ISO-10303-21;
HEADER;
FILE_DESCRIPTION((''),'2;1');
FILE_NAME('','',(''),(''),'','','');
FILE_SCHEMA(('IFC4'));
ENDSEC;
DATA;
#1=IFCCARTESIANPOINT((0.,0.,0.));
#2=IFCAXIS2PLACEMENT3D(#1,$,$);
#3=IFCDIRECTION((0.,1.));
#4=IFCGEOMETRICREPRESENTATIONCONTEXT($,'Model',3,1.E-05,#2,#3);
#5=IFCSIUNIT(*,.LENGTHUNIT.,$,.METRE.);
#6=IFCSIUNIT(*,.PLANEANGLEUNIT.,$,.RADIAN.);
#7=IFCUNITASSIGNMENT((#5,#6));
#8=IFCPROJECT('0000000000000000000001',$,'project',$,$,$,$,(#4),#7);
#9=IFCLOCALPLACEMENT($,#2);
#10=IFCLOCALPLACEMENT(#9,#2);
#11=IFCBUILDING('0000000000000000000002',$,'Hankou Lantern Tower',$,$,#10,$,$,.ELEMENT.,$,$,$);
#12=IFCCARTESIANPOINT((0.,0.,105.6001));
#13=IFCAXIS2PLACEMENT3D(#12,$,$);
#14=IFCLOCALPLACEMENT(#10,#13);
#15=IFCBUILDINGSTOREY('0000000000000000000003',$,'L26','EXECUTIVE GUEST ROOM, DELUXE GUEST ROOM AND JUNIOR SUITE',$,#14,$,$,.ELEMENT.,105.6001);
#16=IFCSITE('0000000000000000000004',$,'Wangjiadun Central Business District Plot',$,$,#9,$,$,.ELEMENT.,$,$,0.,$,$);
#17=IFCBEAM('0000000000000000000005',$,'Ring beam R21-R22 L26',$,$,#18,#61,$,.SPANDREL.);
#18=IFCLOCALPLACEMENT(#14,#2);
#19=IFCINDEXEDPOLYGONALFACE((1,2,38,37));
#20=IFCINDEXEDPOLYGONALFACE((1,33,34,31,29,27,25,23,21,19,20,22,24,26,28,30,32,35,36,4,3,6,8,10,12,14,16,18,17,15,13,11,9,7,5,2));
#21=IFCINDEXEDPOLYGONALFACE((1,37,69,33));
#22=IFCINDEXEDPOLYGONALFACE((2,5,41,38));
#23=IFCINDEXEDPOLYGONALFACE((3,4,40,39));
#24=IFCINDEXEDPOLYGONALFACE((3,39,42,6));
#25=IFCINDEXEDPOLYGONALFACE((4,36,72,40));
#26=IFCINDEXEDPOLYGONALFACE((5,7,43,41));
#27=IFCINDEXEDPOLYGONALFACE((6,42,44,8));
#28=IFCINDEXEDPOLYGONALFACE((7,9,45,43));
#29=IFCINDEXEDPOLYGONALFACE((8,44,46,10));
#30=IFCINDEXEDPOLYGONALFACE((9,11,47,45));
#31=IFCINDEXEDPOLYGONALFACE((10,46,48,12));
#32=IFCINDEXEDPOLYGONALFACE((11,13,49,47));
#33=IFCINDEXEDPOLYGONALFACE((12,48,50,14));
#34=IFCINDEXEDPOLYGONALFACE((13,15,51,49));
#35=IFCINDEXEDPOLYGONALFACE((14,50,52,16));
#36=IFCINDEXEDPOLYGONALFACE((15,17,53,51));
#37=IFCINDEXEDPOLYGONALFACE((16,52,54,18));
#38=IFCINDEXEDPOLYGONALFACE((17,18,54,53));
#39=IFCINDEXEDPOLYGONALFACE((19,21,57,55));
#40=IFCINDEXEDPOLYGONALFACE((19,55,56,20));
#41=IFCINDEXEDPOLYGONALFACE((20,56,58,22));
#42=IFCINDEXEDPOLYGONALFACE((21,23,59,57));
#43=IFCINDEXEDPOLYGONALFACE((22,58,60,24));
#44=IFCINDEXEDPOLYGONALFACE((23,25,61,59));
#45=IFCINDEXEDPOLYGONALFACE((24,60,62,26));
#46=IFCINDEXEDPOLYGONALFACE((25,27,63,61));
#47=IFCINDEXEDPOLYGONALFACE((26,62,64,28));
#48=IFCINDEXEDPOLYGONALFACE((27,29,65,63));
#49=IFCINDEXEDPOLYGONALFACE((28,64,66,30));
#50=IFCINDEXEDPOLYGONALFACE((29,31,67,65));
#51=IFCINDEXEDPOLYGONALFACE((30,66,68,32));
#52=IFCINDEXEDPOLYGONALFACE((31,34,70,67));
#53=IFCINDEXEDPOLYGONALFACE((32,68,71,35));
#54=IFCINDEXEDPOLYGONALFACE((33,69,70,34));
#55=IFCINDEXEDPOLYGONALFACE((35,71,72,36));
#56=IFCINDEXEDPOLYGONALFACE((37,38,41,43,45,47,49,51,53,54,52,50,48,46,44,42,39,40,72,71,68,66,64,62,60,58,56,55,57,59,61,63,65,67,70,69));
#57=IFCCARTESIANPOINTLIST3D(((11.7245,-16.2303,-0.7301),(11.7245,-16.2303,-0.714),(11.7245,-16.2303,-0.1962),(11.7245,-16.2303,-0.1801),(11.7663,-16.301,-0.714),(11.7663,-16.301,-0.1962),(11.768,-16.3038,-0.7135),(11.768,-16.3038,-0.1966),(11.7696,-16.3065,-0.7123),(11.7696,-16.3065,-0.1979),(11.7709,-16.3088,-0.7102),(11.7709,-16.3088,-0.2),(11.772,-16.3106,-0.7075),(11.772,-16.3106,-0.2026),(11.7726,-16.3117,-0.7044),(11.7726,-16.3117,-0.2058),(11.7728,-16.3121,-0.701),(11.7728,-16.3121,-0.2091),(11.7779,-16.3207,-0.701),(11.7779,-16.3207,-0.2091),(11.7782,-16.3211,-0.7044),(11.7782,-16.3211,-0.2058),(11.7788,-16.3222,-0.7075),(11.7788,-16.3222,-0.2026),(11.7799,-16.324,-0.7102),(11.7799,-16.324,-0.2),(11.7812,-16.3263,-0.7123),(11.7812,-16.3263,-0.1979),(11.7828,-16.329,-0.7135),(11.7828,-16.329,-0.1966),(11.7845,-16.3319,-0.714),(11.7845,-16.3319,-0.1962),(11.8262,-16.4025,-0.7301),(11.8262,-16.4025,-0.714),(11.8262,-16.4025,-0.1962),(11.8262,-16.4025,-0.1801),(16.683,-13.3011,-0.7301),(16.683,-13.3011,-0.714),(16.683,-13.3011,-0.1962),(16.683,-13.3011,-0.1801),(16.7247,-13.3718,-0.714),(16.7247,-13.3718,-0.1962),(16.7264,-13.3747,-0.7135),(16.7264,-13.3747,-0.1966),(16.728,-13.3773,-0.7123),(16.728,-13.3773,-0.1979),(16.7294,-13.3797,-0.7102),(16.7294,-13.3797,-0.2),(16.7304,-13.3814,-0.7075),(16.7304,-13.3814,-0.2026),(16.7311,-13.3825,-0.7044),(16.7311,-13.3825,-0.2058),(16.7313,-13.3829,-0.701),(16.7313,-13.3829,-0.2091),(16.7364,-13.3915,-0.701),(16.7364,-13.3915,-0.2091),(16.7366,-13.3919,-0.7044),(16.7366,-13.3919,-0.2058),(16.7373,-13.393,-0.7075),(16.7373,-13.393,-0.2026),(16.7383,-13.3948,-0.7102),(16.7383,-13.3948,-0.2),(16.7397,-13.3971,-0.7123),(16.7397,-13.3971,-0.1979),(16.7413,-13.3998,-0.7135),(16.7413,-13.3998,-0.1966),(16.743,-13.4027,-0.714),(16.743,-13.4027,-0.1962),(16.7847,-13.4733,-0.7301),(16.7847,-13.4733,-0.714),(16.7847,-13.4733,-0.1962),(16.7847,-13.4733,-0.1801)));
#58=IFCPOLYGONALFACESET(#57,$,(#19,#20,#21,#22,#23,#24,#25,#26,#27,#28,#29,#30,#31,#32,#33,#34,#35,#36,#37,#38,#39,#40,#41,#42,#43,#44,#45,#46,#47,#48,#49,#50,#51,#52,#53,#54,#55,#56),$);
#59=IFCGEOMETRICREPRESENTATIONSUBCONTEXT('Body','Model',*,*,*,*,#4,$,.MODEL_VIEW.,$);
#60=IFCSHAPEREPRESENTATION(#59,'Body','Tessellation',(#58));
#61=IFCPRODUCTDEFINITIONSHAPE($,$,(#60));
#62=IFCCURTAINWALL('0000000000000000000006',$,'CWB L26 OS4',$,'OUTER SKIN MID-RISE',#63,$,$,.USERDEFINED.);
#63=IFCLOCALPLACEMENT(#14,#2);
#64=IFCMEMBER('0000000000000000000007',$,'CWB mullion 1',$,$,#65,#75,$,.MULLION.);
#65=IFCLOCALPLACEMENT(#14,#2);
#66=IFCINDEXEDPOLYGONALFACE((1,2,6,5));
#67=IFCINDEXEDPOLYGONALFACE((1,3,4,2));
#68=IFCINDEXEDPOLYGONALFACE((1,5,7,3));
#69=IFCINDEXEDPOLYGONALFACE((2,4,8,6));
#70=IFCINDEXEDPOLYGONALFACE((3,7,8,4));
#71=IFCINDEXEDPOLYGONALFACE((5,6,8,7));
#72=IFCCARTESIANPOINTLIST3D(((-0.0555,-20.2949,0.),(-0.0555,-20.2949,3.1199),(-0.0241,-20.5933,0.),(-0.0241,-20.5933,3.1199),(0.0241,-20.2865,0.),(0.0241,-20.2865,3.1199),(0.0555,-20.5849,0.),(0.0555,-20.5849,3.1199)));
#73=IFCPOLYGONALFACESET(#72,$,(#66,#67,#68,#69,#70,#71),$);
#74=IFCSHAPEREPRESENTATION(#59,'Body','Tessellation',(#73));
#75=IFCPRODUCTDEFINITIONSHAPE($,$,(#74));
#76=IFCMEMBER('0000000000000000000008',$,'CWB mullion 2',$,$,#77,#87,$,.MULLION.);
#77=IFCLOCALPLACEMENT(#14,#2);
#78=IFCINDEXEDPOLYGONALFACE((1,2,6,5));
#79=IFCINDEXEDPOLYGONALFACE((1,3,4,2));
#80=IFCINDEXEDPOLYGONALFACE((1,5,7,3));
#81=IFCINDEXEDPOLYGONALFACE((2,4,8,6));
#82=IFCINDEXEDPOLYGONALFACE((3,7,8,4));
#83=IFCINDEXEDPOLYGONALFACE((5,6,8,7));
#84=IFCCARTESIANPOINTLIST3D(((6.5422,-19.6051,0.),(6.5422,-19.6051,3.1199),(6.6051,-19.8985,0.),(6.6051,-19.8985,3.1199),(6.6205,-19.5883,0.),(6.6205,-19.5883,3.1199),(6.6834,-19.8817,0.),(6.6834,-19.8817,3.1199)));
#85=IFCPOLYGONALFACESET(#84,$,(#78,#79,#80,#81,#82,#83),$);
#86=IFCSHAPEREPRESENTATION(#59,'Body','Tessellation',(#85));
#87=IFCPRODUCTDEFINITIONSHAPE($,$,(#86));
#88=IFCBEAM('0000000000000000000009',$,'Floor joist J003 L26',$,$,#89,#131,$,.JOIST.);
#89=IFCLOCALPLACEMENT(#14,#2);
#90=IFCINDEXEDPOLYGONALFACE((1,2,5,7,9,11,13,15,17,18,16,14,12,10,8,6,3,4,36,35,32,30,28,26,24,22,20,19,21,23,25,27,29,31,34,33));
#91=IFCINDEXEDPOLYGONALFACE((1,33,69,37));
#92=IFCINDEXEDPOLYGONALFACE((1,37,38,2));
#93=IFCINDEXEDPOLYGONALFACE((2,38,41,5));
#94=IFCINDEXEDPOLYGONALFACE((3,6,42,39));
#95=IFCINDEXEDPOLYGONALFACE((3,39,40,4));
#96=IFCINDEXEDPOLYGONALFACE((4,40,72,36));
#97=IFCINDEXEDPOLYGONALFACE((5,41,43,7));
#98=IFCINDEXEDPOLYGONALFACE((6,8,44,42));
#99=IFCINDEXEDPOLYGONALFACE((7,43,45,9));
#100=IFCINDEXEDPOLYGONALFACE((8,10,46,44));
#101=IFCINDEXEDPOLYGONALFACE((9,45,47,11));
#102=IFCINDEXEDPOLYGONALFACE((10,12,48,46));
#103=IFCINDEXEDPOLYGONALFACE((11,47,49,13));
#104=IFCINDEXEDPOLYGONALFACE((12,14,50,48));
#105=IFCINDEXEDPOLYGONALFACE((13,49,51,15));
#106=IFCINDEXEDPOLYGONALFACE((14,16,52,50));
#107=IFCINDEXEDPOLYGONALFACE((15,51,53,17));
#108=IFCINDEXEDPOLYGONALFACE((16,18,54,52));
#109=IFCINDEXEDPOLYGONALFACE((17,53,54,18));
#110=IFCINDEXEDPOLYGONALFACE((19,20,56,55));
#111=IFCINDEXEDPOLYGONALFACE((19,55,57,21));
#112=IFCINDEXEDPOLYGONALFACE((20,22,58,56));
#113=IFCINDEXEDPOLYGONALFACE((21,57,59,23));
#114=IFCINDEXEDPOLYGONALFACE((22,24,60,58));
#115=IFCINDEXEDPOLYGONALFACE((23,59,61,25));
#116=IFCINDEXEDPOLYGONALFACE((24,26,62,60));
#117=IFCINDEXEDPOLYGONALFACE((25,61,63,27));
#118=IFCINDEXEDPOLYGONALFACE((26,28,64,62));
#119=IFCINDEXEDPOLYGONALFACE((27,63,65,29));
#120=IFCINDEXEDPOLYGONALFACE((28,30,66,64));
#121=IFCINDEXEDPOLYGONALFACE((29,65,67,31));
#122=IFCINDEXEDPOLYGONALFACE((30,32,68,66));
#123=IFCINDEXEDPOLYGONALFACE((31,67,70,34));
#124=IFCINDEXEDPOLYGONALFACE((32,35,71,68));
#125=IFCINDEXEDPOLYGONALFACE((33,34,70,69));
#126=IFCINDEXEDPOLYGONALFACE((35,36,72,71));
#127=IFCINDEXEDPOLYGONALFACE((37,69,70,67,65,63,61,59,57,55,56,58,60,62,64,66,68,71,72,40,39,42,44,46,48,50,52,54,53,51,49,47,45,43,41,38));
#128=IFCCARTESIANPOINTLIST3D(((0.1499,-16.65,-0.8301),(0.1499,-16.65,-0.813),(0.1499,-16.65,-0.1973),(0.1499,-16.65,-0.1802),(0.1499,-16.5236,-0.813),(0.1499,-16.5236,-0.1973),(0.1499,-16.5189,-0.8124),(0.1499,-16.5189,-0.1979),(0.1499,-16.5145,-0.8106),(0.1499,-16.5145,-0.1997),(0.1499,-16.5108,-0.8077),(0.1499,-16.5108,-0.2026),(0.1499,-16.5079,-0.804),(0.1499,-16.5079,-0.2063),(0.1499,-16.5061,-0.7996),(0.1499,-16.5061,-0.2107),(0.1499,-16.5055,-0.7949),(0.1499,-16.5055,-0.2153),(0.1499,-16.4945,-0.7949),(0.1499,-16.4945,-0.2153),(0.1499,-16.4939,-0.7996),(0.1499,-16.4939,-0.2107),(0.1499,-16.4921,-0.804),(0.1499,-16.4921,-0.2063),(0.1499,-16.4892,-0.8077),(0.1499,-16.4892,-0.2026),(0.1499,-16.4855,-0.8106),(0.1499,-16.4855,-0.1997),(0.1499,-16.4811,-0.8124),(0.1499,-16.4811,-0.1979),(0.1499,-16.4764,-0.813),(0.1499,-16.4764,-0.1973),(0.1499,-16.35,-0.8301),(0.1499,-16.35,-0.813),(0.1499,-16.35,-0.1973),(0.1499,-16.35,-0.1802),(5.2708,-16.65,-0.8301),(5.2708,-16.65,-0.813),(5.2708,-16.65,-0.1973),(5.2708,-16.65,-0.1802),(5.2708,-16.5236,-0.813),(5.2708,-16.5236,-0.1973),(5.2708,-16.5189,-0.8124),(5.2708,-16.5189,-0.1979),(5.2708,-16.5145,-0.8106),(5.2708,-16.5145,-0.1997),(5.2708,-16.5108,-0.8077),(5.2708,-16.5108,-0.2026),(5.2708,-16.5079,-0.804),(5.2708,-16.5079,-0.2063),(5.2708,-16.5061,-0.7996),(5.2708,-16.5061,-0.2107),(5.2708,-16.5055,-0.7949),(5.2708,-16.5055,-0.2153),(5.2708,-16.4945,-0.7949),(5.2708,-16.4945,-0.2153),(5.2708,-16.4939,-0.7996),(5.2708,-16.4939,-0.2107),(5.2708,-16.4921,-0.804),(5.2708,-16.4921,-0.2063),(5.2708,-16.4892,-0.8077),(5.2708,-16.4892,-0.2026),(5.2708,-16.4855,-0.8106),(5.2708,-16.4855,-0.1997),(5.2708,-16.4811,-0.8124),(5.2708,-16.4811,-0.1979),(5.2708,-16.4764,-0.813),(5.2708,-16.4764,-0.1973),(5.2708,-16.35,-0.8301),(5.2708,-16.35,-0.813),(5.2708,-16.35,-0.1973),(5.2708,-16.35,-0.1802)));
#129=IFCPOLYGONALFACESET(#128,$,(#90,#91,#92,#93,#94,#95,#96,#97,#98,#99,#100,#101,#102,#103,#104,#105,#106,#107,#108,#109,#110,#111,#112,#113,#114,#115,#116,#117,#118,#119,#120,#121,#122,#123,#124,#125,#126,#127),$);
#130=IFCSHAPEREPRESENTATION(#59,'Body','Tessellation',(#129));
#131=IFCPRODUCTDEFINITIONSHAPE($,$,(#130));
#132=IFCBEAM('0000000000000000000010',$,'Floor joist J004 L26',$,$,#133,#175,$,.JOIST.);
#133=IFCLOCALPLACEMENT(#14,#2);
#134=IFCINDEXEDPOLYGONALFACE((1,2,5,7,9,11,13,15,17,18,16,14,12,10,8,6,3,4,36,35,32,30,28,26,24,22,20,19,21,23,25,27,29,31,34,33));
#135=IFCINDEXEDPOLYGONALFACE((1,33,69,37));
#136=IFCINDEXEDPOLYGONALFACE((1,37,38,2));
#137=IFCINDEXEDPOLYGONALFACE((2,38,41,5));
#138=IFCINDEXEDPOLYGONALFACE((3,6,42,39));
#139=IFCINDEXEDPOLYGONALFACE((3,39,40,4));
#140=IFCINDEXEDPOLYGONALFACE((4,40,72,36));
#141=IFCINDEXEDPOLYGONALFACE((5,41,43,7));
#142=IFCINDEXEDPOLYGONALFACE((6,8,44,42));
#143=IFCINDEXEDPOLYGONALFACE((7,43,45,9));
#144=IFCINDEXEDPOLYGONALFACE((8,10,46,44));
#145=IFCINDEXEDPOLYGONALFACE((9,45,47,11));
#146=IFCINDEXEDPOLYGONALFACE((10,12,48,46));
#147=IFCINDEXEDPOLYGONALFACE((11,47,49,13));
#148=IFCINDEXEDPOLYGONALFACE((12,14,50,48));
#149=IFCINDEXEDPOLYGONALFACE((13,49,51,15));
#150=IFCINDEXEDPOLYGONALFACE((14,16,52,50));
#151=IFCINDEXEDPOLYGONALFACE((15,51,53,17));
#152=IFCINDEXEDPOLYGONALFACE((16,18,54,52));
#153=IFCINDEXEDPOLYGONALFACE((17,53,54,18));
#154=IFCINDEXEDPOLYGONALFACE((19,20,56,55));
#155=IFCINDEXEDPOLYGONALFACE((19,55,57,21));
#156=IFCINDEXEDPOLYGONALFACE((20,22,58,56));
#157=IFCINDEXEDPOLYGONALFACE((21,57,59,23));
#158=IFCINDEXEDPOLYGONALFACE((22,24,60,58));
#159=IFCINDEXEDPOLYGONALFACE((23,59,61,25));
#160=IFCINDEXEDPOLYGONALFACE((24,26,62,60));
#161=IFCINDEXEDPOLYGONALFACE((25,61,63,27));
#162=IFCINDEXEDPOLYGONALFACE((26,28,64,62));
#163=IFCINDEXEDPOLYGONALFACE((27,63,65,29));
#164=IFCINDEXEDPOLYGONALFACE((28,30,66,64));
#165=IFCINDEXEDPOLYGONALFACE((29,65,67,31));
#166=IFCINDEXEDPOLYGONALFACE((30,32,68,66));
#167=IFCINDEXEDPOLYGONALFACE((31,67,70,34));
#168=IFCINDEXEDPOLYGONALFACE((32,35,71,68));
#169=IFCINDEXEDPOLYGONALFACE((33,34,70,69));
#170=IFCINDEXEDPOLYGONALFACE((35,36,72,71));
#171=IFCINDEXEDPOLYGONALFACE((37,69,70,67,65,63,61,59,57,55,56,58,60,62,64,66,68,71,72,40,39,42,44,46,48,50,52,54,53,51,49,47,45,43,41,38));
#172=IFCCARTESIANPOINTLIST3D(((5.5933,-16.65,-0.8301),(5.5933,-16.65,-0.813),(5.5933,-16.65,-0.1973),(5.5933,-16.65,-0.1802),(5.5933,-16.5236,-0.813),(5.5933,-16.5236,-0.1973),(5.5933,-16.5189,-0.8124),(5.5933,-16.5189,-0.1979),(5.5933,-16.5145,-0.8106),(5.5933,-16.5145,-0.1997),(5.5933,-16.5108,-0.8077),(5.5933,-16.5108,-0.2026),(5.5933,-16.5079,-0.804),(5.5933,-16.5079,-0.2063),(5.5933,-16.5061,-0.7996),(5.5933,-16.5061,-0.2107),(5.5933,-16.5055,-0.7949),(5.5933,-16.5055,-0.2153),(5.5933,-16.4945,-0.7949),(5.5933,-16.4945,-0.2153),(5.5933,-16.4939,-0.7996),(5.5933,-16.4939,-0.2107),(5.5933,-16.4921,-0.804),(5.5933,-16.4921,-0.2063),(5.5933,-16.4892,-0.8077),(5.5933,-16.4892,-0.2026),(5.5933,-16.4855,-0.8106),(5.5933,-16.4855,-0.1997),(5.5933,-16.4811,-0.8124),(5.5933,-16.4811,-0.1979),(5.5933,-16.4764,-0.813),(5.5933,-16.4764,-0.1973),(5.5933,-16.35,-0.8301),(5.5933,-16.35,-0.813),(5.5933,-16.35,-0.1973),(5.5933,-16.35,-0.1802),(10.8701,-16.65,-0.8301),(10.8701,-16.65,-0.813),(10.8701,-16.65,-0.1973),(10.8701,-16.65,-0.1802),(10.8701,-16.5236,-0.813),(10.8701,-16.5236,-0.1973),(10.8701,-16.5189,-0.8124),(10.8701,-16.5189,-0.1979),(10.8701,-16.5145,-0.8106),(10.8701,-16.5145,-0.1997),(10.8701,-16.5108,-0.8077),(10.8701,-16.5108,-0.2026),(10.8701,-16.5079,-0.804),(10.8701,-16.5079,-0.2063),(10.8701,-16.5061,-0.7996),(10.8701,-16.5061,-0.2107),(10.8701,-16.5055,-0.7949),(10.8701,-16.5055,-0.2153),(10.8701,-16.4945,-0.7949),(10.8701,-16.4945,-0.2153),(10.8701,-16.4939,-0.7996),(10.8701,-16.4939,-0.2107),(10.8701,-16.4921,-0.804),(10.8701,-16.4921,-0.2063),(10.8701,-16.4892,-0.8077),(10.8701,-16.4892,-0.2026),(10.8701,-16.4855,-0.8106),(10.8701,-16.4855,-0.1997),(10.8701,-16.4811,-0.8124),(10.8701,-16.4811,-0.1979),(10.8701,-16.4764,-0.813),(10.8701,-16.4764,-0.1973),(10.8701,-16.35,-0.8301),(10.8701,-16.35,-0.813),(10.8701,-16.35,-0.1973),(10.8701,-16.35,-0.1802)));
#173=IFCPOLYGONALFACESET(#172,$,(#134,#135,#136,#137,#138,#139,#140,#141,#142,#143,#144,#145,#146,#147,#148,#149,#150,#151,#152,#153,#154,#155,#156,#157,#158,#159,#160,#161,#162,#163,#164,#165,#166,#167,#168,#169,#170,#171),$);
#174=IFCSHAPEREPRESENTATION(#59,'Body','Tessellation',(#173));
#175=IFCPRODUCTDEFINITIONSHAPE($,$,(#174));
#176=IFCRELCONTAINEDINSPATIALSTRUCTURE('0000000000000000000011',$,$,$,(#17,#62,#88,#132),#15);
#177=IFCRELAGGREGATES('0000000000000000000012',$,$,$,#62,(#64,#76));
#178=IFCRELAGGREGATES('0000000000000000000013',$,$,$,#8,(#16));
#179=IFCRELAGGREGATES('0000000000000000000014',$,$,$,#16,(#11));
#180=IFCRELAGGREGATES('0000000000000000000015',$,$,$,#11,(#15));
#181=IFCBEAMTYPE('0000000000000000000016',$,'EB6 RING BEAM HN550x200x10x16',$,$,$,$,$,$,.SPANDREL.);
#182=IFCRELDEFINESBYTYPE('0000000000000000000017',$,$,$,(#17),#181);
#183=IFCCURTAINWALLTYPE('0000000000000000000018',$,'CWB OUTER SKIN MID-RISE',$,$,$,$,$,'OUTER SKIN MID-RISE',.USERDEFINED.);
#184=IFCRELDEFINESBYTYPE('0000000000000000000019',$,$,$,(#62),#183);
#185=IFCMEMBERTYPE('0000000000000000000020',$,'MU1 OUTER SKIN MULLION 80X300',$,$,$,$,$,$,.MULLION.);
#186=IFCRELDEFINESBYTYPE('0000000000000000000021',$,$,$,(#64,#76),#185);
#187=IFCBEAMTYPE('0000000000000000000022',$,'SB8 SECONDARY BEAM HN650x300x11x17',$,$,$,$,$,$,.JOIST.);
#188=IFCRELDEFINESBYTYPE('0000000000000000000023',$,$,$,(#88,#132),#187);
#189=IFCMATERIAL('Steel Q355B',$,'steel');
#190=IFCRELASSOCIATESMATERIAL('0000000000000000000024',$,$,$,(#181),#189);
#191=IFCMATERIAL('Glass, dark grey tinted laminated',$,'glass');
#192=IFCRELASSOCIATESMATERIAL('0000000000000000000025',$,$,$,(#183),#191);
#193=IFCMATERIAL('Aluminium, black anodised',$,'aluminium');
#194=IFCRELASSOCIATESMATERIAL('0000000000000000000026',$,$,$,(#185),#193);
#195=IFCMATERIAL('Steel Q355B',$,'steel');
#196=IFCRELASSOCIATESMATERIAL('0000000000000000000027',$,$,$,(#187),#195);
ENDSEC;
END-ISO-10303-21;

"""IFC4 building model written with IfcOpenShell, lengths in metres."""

from ifc_helpers import new_model, si_unit, direction, frame, origin, origin_2d, place, context, subcontext, project, spatial, rectangle, i_section, extrude, material, material_profile, profile_set, type_object, element, aggregate, save


model = new_model("IFC4")

# Units and contexts
model_context = context("Model", 3, precision=1e-05, world=origin(), true_north=direction((0.0, 1.0)))
body_context = subcontext(model_context, "Body", "Model", "MODEL_VIEW")
ifc_project = project(units=[si_unit("LENGTHUNIT", "METRE"), si_unit("PLANEANGLEUNIT", "RADIAN")], contexts=[model_context])

# Site, building, storey
site_placement = place(None, origin())
site = spatial("IfcSite", under=ifc_project, at=site_placement, Name="Wangjiadun Central Business District Plot", CompositionType="ELEMENT", RefElevation=0.0)
building_placement = place(site_placement, origin())
building = spatial("IfcBuilding", under=site, at=building_placement, Name="Hankou Lantern Tower", CompositionType="ELEMENT")
storey_placement = place(building_placement, frame((0.0, 0.0, 105.6001)))
storey = spatial("IfcBuildingStorey", under=building, at=storey_placement, Name="L26", Description="EXECUTIVE GUEST ROOM, DELUXE GUEST ROOM AND JUNIOR SUITE", CompositionType="ELEMENT", Elevation=105.6001)

# Beam
ifc_material_1 = material(Name="Steel Q355B", Category="steel")
ifc_material_profile_1 = material_profile(ifc_material_1, i_section(OverallWidth=0.2, OverallDepth=0.55, WebThickness=0.01, FlangeThickness=0.0161, FilletRadius=0.0129, at=origin_2d()), Name="HN550x200x10x16")
ifc_profile_set_1 = profile_set([ifc_material_profile_1], Name="Steel Q355B")
beam_type_1 = type_object("IfcBeamType", Name="EB6 RING BEAM HN550x200x10x16", PredefinedType="SPANDREL", material=ifc_profile_set_1)
beam_1_placement = place(storey_placement, frame((11.7754, -16.3164, -0.4551), z_axis=(0.860989, 0.508624, 0.0), x_axis=(-0.508624, 0.860989, 0.0)))
element("IfcBeam", 1, at=beam_1_placement, inside=storey, type_object=beam_type_1, Name="Ring beam R21-R22 L26", PredefinedType="SPANDREL", context=body_context, shape_type="SweptSolid", body=[
    extrude(i_section(OverallWidth=0.2, OverallDepth=0.55, WebThickness=0.01, FlangeThickness=0.0161, FilletRadius=0.0129, at=origin_2d()), origin(), (0.0, 0.0, 1.0), 5.759),
])

# Curtain wall, members
ifc_material_2 = material(Name="Glass, dark grey tinted laminated", Category="glass")
curtain_wall_type = type_object("IfcCurtainWallType", Name="CWB OUTER SKIN MID-RISE", ElementType="OUTER SKIN MID-RISE", PredefinedType="USERDEFINED", material=ifc_material_2)
curtain_wall_placement = place(storey_placement, origin())
curtain_wall = element("IfcCurtainWall", 2, at=curtain_wall_placement, inside=storey, type_object=curtain_wall_type, Name="CWB L26 OS4", ObjectType="OUTER SKIN MID-RISE", PredefinedType="USERDEFINED")
ifc_material_3 = material(Name="Aluminium, black anodised", Category="aluminium")
ifc_material_profile_2 = material_profile(ifc_material_3, rectangle(XDim=0.0801, YDim=0.3, at=origin_2d()), Name="MU1 80X300")
ifc_profile_set_2 = profile_set([ifc_material_profile_2], Name="Aluminium, black anodised")
member_type_1 = type_object("IfcMemberType", Name="MU1 OUTER SKIN MULLION 80X300", PredefinedType="MULLION", material=ifc_profile_set_2)
member_1_placement = place(storey_placement, frame((0.0, -20.4399, 0.0), z_axis=(0.0, 0.0, 1.0), x_axis=(0.994499, 0.104743, 0.0)))
member_1 = element("IfcMember", 3, at=member_1_placement, type_object=member_type_1, Name="CWB mullion 1", PredefinedType="MULLION", context=body_context, shape_type="SweptSolid", body=[
    extrude(rectangle(XDim=0.0801, YDim=0.3, at=origin_2d()), origin(), (0.0, 0.0, 1.0), 3.1199),
])
member_2_placement = place(storey_placement, frame((6.6128, -19.7434, 0.0), z_axis=(0.0, 0.0, 1.0), x_axis=(0.977788, 0.209598, 0.0)))
member_2 = element("IfcMember", 4, at=member_2_placement, type_object=member_type_1, Name="CWB mullion 2", PredefinedType="MULLION", context=body_context, shape_type="SweptSolid", body=[
    extrude(rectangle(XDim=0.0801, YDim=0.3, at=origin_2d()), origin(), (0.0, 0.0, 1.0), 3.1199),
])

# Beams
ifc_material_4 = material(Name="Steel Q355B", Category="steel")
ifc_material_profile_3 = material_profile(ifc_material_4, i_section(OverallWidth=0.3, OverallDepth=0.6499, WebThickness=0.011, FlangeThickness=0.0171, FilletRadius=0.0181, at=origin_2d()), Name="HN650x300x11x17")
ifc_profile_set_3 = profile_set([ifc_material_profile_3], Name="Steel Q355B")
beam_type_2 = type_object("IfcBeamType", Name="SB8 SECONDARY BEAM HN650x300x11x17", PredefinedType="JOIST", material=ifc_profile_set_3)
beam_2_placement = place(storey_placement, frame((0.1499, -16.5, -0.5051), z_axis=(1.0, 0.0, 0.0), x_axis=(0.0, 1.0, 0.0)))
element("IfcBeam", 5, at=beam_2_placement, inside=storey, type_object=beam_type_2, Name="Floor joist J003 L26", PredefinedType="JOIST", context=body_context, shape_type="SweptSolid", body=[
    extrude(i_section(OverallWidth=0.3, OverallDepth=0.6499, WebThickness=0.011, FlangeThickness=0.0171, FilletRadius=0.0181, at=origin_2d()), origin(), (0.0, 0.0, 1.0), 5.1208),
])
beam_3_placement = place(storey_placement, frame((5.5933, -16.5, -0.5051), z_axis=(1.0, 0.0, 0.0), x_axis=(0.0, 1.0, 0.0)))
element("IfcBeam", 6, at=beam_3_placement, inside=storey, type_object=beam_type_2, Name="Floor joist J004 L26", PredefinedType="JOIST", context=body_context, shape_type="SweptSolid", body=[
    extrude(i_section(OverallWidth=0.3, OverallDepth=0.6499, WebThickness=0.011, FlangeThickness=0.0171, FilletRadius=0.0181, at=origin_2d()), origin(), (0.0, 0.0, 1.0), 5.2769),
])

aggregate(curtain_wall, [member_1, member_2])

save(model, "model.ifc")
